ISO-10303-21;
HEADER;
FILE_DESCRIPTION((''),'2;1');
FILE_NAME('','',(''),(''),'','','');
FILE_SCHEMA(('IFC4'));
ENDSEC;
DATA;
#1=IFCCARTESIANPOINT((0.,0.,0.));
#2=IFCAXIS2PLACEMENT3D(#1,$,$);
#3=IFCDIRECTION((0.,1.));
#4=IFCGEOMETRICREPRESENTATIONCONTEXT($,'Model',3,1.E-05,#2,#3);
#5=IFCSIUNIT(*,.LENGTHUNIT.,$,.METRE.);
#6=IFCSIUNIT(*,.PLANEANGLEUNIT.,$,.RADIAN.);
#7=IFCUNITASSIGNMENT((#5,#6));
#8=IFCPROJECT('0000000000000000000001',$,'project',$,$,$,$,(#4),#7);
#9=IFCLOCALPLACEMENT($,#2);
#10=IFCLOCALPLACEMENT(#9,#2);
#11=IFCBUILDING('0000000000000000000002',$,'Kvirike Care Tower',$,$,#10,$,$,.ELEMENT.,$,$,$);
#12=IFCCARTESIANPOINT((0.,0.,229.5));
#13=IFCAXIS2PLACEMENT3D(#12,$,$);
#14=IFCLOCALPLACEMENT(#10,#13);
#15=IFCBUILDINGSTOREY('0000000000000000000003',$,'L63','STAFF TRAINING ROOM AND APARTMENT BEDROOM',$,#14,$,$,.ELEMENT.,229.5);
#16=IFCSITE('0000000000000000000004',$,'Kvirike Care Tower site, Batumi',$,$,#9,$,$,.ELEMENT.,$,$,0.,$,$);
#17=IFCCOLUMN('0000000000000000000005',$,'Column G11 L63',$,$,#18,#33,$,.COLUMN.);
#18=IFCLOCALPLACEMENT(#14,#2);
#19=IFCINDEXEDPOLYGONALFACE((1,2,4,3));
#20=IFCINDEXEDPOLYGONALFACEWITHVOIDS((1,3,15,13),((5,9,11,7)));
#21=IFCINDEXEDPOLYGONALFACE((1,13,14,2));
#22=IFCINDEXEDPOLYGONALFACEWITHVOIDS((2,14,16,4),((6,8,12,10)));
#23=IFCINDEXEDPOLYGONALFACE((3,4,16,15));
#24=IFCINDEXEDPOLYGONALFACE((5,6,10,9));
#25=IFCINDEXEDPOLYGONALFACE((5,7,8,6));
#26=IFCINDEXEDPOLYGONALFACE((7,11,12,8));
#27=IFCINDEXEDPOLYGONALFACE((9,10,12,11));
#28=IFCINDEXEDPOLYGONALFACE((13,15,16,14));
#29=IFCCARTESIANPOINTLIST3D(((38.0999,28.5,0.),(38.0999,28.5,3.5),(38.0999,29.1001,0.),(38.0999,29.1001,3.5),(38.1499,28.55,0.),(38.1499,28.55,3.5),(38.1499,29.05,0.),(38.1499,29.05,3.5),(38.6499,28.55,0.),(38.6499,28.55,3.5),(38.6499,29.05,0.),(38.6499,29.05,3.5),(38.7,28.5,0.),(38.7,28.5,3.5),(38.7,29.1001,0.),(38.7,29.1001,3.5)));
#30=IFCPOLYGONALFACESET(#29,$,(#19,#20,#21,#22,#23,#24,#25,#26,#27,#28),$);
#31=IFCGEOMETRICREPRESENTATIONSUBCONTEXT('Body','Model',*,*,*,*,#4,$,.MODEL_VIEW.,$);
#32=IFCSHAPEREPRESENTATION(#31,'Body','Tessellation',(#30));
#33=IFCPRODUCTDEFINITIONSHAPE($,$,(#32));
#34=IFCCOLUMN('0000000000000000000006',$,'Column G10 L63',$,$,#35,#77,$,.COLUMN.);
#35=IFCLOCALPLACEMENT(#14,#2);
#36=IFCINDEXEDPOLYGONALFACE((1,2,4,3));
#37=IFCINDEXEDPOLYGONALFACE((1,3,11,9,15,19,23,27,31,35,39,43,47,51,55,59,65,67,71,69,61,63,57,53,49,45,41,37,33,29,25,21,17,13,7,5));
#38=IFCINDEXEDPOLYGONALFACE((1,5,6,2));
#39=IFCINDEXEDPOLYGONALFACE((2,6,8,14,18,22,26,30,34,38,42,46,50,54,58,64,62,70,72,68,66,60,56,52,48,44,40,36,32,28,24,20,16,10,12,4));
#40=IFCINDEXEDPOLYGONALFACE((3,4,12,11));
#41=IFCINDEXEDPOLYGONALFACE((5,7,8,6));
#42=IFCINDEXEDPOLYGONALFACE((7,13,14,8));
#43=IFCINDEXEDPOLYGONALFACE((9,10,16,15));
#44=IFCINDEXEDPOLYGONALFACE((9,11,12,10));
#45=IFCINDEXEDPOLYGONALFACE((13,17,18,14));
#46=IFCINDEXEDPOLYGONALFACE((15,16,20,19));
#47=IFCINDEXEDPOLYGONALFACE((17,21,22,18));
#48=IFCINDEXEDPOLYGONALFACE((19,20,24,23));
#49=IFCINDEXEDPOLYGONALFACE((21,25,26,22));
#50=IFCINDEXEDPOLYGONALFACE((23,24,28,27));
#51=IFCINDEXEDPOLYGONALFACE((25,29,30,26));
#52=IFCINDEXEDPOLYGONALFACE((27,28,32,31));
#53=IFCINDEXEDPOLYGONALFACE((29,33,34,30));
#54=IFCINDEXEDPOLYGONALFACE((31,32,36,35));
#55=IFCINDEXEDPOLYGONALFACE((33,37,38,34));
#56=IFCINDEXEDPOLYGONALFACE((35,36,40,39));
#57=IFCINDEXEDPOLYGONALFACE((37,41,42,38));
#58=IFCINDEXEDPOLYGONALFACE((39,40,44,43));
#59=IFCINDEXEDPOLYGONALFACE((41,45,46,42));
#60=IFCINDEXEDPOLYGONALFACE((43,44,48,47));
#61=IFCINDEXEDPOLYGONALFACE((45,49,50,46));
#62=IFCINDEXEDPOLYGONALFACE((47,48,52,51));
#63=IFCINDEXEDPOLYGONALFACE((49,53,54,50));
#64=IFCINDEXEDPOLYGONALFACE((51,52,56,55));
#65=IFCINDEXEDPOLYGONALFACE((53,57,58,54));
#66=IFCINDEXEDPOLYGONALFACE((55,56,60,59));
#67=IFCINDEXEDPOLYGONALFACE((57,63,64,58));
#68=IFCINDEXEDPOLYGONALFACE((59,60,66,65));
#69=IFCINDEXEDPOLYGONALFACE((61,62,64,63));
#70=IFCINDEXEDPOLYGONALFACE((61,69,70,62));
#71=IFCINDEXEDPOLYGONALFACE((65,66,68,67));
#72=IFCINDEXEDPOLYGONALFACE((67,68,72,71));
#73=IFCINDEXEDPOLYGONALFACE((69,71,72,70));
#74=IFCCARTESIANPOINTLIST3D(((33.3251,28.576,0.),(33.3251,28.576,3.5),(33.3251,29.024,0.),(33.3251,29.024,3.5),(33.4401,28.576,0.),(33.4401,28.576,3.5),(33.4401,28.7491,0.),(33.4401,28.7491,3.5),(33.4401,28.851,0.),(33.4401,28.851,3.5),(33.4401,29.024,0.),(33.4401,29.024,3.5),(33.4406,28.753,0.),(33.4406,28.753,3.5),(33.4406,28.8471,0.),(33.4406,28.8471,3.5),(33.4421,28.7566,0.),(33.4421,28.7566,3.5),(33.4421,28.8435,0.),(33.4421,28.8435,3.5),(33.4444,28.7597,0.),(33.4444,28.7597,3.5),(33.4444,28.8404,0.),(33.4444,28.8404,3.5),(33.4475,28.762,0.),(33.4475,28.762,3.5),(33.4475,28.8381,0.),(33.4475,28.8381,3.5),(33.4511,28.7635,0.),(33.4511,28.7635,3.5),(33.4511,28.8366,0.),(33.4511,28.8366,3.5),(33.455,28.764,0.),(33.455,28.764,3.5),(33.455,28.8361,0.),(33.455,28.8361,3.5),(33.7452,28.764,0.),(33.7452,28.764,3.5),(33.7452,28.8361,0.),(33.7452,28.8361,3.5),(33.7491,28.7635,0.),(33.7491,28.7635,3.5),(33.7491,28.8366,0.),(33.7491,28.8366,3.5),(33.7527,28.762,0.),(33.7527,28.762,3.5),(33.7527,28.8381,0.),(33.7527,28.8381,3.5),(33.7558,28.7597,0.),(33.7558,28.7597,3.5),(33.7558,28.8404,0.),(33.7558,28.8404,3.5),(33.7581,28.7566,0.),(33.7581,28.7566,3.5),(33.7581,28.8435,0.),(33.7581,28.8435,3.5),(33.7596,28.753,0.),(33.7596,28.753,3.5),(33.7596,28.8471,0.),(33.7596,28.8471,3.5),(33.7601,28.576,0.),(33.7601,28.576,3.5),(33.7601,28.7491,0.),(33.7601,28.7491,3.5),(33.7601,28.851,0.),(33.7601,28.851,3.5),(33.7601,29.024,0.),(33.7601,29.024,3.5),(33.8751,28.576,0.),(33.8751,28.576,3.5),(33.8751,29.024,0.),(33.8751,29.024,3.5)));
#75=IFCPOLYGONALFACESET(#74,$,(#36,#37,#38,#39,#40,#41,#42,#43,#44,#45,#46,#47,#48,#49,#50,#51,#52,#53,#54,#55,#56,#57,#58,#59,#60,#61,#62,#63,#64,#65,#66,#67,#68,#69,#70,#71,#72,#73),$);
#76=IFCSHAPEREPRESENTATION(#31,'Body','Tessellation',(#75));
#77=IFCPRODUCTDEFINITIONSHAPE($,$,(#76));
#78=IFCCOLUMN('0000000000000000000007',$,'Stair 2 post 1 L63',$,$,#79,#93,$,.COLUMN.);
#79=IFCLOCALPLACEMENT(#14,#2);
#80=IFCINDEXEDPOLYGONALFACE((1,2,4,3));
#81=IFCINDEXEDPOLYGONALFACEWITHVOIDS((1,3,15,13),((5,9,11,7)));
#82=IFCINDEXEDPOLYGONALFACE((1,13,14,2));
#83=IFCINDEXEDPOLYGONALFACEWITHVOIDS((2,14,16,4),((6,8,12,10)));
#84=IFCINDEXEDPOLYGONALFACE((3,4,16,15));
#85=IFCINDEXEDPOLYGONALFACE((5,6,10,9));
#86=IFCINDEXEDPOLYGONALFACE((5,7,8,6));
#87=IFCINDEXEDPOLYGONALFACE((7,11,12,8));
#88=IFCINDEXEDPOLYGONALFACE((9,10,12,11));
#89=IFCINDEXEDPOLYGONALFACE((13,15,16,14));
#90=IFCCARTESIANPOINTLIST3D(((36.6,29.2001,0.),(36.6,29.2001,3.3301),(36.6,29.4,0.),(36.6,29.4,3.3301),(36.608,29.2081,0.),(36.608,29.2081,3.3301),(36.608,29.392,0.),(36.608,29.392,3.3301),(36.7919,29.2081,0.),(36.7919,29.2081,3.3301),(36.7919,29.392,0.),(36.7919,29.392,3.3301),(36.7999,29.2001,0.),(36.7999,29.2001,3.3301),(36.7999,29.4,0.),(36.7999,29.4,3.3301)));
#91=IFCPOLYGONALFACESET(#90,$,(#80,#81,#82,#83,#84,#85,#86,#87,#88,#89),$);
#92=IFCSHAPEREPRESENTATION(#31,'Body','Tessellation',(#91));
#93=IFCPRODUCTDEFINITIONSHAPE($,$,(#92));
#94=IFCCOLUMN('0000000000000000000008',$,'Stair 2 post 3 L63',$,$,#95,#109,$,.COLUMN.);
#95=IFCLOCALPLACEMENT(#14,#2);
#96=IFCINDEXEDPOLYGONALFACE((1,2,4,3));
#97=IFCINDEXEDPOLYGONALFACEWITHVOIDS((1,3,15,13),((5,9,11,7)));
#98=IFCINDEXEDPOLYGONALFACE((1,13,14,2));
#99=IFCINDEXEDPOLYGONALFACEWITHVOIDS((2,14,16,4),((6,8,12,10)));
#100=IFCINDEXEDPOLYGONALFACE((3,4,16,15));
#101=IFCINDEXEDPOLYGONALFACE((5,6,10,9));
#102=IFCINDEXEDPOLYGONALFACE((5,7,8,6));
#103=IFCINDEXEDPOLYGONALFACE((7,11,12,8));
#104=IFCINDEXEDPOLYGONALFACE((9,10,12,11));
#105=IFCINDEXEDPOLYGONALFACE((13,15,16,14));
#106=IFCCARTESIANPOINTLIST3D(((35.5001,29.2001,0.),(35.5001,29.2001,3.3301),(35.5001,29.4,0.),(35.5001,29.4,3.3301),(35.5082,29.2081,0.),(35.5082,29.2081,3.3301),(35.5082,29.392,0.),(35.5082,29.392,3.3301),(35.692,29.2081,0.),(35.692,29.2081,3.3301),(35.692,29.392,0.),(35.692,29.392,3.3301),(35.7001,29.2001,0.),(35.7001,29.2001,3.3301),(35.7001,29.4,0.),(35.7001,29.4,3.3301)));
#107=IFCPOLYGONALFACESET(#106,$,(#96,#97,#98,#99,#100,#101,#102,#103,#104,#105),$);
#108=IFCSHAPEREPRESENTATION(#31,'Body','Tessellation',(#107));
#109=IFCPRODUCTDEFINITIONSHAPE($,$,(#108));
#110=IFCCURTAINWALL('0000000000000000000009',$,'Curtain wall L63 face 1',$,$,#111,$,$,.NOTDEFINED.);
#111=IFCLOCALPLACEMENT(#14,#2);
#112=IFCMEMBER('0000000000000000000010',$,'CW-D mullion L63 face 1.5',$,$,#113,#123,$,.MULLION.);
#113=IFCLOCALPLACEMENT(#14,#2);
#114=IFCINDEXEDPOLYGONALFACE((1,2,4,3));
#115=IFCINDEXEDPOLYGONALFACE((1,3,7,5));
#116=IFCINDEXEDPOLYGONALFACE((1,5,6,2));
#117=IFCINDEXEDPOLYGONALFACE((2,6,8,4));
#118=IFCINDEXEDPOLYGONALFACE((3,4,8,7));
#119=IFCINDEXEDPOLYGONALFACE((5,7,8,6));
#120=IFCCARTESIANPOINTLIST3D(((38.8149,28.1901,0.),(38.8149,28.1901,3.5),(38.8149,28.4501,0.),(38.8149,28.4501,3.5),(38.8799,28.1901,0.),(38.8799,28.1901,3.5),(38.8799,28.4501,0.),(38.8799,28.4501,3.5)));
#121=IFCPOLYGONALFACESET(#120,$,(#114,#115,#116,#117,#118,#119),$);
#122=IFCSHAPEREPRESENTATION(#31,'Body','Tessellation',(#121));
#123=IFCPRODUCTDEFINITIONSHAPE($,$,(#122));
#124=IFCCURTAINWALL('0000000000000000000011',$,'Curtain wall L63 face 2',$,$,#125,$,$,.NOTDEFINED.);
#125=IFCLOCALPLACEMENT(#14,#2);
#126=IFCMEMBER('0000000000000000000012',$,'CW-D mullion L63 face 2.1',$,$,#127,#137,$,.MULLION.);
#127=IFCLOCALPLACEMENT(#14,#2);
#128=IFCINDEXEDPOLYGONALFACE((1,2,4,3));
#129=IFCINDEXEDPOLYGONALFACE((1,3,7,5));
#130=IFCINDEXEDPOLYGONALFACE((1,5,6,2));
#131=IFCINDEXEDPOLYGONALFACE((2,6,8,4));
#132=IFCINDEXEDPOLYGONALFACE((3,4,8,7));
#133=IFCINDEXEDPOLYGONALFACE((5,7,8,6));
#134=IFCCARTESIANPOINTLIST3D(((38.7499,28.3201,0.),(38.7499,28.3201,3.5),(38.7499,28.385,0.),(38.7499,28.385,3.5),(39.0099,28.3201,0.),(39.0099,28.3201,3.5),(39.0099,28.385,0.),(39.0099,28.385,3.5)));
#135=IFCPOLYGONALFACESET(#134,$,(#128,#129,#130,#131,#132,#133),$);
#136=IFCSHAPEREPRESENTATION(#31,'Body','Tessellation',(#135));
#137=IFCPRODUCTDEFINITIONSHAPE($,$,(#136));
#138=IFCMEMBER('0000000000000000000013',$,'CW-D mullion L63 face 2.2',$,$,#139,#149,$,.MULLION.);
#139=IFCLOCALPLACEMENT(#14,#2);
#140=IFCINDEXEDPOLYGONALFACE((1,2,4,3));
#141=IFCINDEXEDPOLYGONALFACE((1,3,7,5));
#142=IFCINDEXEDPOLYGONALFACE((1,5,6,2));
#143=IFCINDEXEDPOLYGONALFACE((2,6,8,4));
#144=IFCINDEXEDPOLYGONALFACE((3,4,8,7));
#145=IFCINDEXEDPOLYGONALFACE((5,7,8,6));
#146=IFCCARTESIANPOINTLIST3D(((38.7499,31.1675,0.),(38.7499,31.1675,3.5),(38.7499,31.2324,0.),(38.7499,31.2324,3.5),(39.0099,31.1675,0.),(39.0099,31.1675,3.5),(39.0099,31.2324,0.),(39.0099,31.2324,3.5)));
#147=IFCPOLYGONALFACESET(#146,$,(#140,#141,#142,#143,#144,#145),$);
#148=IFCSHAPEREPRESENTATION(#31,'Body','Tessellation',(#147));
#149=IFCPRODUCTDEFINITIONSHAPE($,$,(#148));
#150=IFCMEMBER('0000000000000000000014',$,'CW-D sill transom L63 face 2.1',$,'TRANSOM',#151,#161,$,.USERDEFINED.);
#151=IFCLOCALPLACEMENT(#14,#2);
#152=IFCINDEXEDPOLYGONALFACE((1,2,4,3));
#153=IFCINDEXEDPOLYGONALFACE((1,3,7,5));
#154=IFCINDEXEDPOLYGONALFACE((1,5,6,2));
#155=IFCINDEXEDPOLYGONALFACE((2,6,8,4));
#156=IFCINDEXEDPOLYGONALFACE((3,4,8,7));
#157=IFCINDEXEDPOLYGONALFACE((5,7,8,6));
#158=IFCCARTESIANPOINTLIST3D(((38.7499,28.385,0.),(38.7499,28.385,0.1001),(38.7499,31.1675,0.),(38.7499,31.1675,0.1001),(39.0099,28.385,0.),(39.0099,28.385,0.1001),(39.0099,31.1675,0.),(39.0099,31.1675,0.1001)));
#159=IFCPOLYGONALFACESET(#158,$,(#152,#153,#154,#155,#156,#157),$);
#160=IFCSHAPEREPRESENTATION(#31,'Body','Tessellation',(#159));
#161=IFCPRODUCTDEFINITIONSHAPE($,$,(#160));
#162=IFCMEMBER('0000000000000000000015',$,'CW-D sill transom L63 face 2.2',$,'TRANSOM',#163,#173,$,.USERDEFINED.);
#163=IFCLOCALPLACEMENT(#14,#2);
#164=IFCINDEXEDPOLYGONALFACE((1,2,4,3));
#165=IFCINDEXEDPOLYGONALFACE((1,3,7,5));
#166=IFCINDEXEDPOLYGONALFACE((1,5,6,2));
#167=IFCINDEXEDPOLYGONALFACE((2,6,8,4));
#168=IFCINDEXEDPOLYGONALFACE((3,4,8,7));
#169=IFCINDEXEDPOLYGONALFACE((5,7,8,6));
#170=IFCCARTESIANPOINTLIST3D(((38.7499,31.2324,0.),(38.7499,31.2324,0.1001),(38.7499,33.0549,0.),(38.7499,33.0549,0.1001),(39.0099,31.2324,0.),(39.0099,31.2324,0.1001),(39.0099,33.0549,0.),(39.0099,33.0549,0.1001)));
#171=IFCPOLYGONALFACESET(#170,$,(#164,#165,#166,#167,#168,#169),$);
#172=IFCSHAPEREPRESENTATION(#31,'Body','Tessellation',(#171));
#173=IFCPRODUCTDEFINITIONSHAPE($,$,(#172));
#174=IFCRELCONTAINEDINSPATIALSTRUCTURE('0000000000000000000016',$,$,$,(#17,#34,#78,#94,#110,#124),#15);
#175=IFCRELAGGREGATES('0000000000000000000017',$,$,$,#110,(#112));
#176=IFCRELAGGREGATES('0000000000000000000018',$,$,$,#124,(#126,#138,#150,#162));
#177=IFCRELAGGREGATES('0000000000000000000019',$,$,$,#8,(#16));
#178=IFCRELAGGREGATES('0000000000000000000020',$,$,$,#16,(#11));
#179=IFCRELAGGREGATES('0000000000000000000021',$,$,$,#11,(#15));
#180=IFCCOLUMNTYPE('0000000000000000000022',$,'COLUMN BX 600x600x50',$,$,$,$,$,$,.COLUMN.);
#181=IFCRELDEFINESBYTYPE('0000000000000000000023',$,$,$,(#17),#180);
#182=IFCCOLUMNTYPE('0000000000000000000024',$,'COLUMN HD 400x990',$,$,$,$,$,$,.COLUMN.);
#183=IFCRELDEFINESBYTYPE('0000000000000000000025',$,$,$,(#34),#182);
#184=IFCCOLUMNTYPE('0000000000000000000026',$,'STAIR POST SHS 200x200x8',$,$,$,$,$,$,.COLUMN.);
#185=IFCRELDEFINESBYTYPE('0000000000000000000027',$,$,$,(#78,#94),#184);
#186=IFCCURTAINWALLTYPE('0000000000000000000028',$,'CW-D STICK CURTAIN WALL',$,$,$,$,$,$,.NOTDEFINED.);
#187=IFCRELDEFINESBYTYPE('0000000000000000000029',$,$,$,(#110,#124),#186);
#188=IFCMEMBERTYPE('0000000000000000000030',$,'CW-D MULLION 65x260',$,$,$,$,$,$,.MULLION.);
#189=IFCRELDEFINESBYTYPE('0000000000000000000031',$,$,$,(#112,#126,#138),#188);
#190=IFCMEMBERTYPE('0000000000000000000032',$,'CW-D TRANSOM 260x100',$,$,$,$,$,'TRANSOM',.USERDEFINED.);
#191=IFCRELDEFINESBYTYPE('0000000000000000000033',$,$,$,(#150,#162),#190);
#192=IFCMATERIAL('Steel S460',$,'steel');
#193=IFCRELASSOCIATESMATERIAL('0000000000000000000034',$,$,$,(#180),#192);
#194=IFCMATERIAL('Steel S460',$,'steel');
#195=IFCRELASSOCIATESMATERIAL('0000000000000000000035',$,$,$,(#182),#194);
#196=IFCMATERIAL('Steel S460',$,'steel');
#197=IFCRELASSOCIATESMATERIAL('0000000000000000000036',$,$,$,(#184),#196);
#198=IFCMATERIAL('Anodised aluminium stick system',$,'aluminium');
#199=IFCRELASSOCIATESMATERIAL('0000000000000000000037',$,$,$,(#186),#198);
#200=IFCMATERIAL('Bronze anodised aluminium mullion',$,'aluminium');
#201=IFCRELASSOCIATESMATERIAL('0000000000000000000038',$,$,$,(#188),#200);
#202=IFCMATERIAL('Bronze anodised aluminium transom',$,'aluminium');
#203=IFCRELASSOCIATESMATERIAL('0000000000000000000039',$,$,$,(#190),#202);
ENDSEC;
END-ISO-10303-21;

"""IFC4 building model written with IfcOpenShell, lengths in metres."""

from ifc_helpers import new_model, si_unit, direction, frame, origin, origin_2d, place, context, subcontext, project, spatial, rectangle, hollow_rectangle, i_section, extrude, material, material_profile, profile_set, type_object, element, aggregate, save


model = new_model("IFC4")

# Units and contexts
model_context = context("Model", 3, precision=1e-05, world=origin(), true_north=direction((0.0, 1.0)))
body_context = subcontext(model_context, "Body", "Model", "MODEL_VIEW")
ifc_project = project(units=[si_unit("LENGTHUNIT", "METRE"), si_unit("PLANEANGLEUNIT", "RADIAN")], contexts=[model_context])

# Site, building, storey
site_placement = place(None, origin())
site = spatial("IfcSite", under=ifc_project, at=site_placement, Name="Kvirike Care Tower site, Batumi", CompositionType="ELEMENT", RefElevation=0.0)
building_placement = place(site_placement, origin())
building = spatial("IfcBuilding", under=site, at=building_placement, Name="Kvirike Care Tower", CompositionType="ELEMENT")
storey_placement = place(building_placement, frame((0.0, 0.0, 229.5)))
storey = spatial("IfcBuildingStorey", under=building, at=storey_placement, Name="L63", Description="STAFF TRAINING ROOM AND APARTMENT BEDROOM", CompositionType="ELEMENT", Elevation=229.5)

# Columns
ifc_material_1 = material(Name="Steel S460", Category="steel")
ifc_material_profile_1 = material_profile(ifc_material_1, hollow_rectangle(XDim=0.6001, YDim=0.6001, WallThickness=0.05, at=origin_2d()), Name="BX 600x600x50")
ifc_profile_set_1 = profile_set([ifc_material_profile_1], Name="Steel S460")
column_type_1 = type_object("IfcColumnType", Name="COLUMN BX 600x600x50", PredefinedType="COLUMN", material=ifc_profile_set_1)
column_1_placement = place(storey_placement, frame((38.3999, 28.8, 0.0), z_axis=(0.0, 0.0, 1.0), x_axis=(0.0, 1.0, 0.0)))
element("IfcColumn", 1, at=column_1_placement, inside=storey, type_object=column_type_1, Name="Column G11 L63", PredefinedType="COLUMN", context=body_context, shape_type="SweptSolid", body=[
    extrude(hollow_rectangle(XDim=0.6001, YDim=0.6001, WallThickness=0.05, at=origin_2d()), origin(), (0.0, 0.0, 1.0), 3.5),
])
ifc_material_2 = material(Name="Steel S460", Category="steel")
ifc_material_profile_2 = material_profile(ifc_material_2, i_section(OverallWidth=0.448, OverallDepth=0.55, WebThickness=0.072, FlangeThickness=0.115, FilletRadius=0.0149, at=origin_2d()), Name="HD 400x990")
ifc_profile_set_2 = profile_set([ifc_material_profile_2], Name="Steel S460")
column_type_2 = type_object("IfcColumnType", Name="COLUMN HD 400x990", PredefinedType="COLUMN", material=ifc_profile_set_2)
column_2_placement = place(storey_placement, frame((33.6001, 28.8, 0.0), z_axis=(0.0, 0.0, 1.0), x_axis=(0.0, 1.0, 0.0)))
element("IfcColumn", 2, at=column_2_placement, inside=storey, type_object=column_type_2, Name="Column G10 L63", PredefinedType="COLUMN", context=body_context, shape_type="SweptSolid", body=[
    extrude(i_section(OverallWidth=0.448, OverallDepth=0.55, WebThickness=0.072, FlangeThickness=0.115, FilletRadius=0.0149, at=origin_2d()), origin(), (0.0, 0.0, 1.0), 3.5),
])
ifc_material_3 = material(Name="Steel S460", Category="steel")
ifc_material_profile_3 = material_profile(ifc_material_3, hollow_rectangle(XDim=0.2, YDim=0.2, WallThickness=0.0081, at=origin_2d()), Name="SHS 200x200x8")
ifc_profile_set_3 = profile_set([ifc_material_profile_3], Name="Steel S460")
column_type_3 = type_object("IfcColumnType", Name="STAIR POST SHS 200x200x8", PredefinedType="COLUMN", material=ifc_profile_set_3)
for number, where, z_axis, x_axis, name in (
    (3, (36.7, 29.3, 0.0), (0.0, 0.0, 1.0), (1.0, 0.0, 0.0), "Stair 2 post 1 L63"),
    (4, (35.6001, 29.3, 0.0), (0.0, 0.0, 1.0), (1.0, 0.0, 0.0), "Stair 2 post 3 L63"),
):
    element("IfcColumn", number, at=place(storey_placement, frame(where, z_axis=z_axis, x_axis=x_axis)), inside=storey, type_object=column_type_3, Name=name, PredefinedType="COLUMN", context=body_context, shape_type="SweptSolid", body=[
        extrude(hollow_rectangle(XDim=0.2, YDim=0.2, WallThickness=0.0081, at=origin_2d()), origin(), (0.0, 0.0, 1.0), 3.3301),
    ])

# Curtain wall, member
ifc_material_4 = material(Name="Anodised aluminium stick system", Category="aluminium")
curtain_wall_type = type_object("IfcCurtainWallType", Name="CW-D STICK CURTAIN WALL", PredefinedType="NOTDEFINED", material=ifc_material_4)
curtain_wall_1_placement = place(storey_placement, origin())
curtain_wall_1 = element("IfcCurtainWall", 5, at=curtain_wall_1_placement, inside=storey, type_object=curtain_wall_type, Name="Curtain wall L63 face 1", PredefinedType="NOTDEFINED")
ifc_material_5 = material(Name="Bronze anodised aluminium mullion", Category="aluminium")
ifc_material_profile_4 = material_profile(ifc_material_5, rectangle(XDim=0.0649, YDim=0.26, at=origin_2d()), Name="CW-D MULLION 65x260")
ifc_profile_set_4 = profile_set([ifc_material_profile_4], Name="Bronze anodised aluminium mullion")
member_type_1 = type_object("IfcMemberType", Name="CW-D MULLION 65x260", PredefinedType="MULLION", material=ifc_profile_set_4)
member_1_placement = place(storey_placement, frame((38.8474, 28.3201, 0.0), z_axis=(0.0, 0.0, 1.0), x_axis=(1.0, 0.0, 0.0)))
member_1 = element("IfcMember", 6, at=member_1_placement, type_object=member_type_1, Name="CW-D mullion L63 face 1.5", PredefinedType="MULLION", context=body_context, shape_type="SweptSolid", body=[
    extrude(rectangle(XDim=0.0649, YDim=0.26, at=origin_2d()), origin(), (0.0, 0.0, 1.0), 3.5),
])

# Curtain wall, members
curtain_wall_2_placement = place(storey_placement, origin())
curtain_wall_2 = element("IfcCurtainWall", 7, at=curtain_wall_2_placement, inside=storey, type_object=curtain_wall_type, Name="Curtain wall L63 face 2", PredefinedType="NOTDEFINED")
member_2_placement = place(storey_placement, frame((38.8799, 28.3525, 0.0), z_axis=(0.0, 0.0, 1.0), x_axis=(0.0, 1.0, 0.0)))
member_2 = element("IfcMember", 8, at=member_2_placement, type_object=member_type_1, Name="CW-D mullion L63 face 2.1", PredefinedType="MULLION", context=body_context, shape_type="SweptSolid", body=[
    extrude(rectangle(XDim=0.0649, YDim=0.26, at=origin_2d()), origin(), (0.0, 0.0, 1.0), 3.5),
])
member_3_placement = place(storey_placement, frame((38.8799, 31.2, 0.0), z_axis=(0.0, 0.0, 1.0), x_axis=(0.0, 1.0, 0.0)))
member_3 = element("IfcMember", 9, at=member_3_placement, type_object=member_type_1, Name="CW-D mullion L63 face 2.2", PredefinedType="MULLION", context=body_context, shape_type="SweptSolid", body=[
    extrude(rectangle(XDim=0.0649, YDim=0.26, at=origin_2d()), origin(), (0.0, 0.0, 1.0), 3.5),
])
ifc_material_6 = material(Name="Bronze anodised aluminium transom", Category="aluminium")
ifc_material_profile_5 = material_profile(ifc_material_6, rectangle(XDim=0.26, YDim=0.1001, at=origin_2d()), Name="CW-D TRANSOM 260x100")
ifc_profile_set_5 = profile_set([ifc_material_profile_5], Name="Bronze anodised aluminium transom")
member_type_2 = type_object("IfcMemberType", Name="CW-D TRANSOM 260x100", ElementType="TRANSOM", PredefinedType="USERDEFINED", material=ifc_profile_set_5)
member_4_placement = place(storey_placement, frame((38.8799, 28.385, 0.05), z_axis=(0.0, 1.0, 0.0), x_axis=(-1.0, 0.0, 0.0)))
member_4 = element("IfcMember", 10, at=member_4_placement, type_object=member_type_2, Name="CW-D sill transom L63 face 2.1", ObjectType="TRANSOM", PredefinedType="USERDEFINED", context=body_context, shape_type="SweptSolid", body=[
    extrude(rectangle(XDim=0.26, YDim=0.1001, at=origin_2d()), origin(), (0.0, 0.0, 1.0), 2.7825),
])
member_5_placement = place(storey_placement, frame((38.8799, 31.2324, 0.05), z_axis=(0.0, 1.0, 0.0), x_axis=(-1.0, 0.0, 0.0)))
member_5 = element("IfcMember", 11, at=member_5_placement, type_object=member_type_2, Name="CW-D sill transom L63 face 2.2", ObjectType="TRANSOM", PredefinedType="USERDEFINED", context=body_context, shape_type="SweptSolid", body=[
    extrude(rectangle(XDim=0.26, YDim=0.1001, at=origin_2d()), origin(), (0.0, 0.0, 1.0), 1.8225),
])

aggregate(curtain_wall_1, [member_1])
aggregate(curtain_wall_2, [member_2, member_3, member_4, member_5])

save(model, "model.ifc")
